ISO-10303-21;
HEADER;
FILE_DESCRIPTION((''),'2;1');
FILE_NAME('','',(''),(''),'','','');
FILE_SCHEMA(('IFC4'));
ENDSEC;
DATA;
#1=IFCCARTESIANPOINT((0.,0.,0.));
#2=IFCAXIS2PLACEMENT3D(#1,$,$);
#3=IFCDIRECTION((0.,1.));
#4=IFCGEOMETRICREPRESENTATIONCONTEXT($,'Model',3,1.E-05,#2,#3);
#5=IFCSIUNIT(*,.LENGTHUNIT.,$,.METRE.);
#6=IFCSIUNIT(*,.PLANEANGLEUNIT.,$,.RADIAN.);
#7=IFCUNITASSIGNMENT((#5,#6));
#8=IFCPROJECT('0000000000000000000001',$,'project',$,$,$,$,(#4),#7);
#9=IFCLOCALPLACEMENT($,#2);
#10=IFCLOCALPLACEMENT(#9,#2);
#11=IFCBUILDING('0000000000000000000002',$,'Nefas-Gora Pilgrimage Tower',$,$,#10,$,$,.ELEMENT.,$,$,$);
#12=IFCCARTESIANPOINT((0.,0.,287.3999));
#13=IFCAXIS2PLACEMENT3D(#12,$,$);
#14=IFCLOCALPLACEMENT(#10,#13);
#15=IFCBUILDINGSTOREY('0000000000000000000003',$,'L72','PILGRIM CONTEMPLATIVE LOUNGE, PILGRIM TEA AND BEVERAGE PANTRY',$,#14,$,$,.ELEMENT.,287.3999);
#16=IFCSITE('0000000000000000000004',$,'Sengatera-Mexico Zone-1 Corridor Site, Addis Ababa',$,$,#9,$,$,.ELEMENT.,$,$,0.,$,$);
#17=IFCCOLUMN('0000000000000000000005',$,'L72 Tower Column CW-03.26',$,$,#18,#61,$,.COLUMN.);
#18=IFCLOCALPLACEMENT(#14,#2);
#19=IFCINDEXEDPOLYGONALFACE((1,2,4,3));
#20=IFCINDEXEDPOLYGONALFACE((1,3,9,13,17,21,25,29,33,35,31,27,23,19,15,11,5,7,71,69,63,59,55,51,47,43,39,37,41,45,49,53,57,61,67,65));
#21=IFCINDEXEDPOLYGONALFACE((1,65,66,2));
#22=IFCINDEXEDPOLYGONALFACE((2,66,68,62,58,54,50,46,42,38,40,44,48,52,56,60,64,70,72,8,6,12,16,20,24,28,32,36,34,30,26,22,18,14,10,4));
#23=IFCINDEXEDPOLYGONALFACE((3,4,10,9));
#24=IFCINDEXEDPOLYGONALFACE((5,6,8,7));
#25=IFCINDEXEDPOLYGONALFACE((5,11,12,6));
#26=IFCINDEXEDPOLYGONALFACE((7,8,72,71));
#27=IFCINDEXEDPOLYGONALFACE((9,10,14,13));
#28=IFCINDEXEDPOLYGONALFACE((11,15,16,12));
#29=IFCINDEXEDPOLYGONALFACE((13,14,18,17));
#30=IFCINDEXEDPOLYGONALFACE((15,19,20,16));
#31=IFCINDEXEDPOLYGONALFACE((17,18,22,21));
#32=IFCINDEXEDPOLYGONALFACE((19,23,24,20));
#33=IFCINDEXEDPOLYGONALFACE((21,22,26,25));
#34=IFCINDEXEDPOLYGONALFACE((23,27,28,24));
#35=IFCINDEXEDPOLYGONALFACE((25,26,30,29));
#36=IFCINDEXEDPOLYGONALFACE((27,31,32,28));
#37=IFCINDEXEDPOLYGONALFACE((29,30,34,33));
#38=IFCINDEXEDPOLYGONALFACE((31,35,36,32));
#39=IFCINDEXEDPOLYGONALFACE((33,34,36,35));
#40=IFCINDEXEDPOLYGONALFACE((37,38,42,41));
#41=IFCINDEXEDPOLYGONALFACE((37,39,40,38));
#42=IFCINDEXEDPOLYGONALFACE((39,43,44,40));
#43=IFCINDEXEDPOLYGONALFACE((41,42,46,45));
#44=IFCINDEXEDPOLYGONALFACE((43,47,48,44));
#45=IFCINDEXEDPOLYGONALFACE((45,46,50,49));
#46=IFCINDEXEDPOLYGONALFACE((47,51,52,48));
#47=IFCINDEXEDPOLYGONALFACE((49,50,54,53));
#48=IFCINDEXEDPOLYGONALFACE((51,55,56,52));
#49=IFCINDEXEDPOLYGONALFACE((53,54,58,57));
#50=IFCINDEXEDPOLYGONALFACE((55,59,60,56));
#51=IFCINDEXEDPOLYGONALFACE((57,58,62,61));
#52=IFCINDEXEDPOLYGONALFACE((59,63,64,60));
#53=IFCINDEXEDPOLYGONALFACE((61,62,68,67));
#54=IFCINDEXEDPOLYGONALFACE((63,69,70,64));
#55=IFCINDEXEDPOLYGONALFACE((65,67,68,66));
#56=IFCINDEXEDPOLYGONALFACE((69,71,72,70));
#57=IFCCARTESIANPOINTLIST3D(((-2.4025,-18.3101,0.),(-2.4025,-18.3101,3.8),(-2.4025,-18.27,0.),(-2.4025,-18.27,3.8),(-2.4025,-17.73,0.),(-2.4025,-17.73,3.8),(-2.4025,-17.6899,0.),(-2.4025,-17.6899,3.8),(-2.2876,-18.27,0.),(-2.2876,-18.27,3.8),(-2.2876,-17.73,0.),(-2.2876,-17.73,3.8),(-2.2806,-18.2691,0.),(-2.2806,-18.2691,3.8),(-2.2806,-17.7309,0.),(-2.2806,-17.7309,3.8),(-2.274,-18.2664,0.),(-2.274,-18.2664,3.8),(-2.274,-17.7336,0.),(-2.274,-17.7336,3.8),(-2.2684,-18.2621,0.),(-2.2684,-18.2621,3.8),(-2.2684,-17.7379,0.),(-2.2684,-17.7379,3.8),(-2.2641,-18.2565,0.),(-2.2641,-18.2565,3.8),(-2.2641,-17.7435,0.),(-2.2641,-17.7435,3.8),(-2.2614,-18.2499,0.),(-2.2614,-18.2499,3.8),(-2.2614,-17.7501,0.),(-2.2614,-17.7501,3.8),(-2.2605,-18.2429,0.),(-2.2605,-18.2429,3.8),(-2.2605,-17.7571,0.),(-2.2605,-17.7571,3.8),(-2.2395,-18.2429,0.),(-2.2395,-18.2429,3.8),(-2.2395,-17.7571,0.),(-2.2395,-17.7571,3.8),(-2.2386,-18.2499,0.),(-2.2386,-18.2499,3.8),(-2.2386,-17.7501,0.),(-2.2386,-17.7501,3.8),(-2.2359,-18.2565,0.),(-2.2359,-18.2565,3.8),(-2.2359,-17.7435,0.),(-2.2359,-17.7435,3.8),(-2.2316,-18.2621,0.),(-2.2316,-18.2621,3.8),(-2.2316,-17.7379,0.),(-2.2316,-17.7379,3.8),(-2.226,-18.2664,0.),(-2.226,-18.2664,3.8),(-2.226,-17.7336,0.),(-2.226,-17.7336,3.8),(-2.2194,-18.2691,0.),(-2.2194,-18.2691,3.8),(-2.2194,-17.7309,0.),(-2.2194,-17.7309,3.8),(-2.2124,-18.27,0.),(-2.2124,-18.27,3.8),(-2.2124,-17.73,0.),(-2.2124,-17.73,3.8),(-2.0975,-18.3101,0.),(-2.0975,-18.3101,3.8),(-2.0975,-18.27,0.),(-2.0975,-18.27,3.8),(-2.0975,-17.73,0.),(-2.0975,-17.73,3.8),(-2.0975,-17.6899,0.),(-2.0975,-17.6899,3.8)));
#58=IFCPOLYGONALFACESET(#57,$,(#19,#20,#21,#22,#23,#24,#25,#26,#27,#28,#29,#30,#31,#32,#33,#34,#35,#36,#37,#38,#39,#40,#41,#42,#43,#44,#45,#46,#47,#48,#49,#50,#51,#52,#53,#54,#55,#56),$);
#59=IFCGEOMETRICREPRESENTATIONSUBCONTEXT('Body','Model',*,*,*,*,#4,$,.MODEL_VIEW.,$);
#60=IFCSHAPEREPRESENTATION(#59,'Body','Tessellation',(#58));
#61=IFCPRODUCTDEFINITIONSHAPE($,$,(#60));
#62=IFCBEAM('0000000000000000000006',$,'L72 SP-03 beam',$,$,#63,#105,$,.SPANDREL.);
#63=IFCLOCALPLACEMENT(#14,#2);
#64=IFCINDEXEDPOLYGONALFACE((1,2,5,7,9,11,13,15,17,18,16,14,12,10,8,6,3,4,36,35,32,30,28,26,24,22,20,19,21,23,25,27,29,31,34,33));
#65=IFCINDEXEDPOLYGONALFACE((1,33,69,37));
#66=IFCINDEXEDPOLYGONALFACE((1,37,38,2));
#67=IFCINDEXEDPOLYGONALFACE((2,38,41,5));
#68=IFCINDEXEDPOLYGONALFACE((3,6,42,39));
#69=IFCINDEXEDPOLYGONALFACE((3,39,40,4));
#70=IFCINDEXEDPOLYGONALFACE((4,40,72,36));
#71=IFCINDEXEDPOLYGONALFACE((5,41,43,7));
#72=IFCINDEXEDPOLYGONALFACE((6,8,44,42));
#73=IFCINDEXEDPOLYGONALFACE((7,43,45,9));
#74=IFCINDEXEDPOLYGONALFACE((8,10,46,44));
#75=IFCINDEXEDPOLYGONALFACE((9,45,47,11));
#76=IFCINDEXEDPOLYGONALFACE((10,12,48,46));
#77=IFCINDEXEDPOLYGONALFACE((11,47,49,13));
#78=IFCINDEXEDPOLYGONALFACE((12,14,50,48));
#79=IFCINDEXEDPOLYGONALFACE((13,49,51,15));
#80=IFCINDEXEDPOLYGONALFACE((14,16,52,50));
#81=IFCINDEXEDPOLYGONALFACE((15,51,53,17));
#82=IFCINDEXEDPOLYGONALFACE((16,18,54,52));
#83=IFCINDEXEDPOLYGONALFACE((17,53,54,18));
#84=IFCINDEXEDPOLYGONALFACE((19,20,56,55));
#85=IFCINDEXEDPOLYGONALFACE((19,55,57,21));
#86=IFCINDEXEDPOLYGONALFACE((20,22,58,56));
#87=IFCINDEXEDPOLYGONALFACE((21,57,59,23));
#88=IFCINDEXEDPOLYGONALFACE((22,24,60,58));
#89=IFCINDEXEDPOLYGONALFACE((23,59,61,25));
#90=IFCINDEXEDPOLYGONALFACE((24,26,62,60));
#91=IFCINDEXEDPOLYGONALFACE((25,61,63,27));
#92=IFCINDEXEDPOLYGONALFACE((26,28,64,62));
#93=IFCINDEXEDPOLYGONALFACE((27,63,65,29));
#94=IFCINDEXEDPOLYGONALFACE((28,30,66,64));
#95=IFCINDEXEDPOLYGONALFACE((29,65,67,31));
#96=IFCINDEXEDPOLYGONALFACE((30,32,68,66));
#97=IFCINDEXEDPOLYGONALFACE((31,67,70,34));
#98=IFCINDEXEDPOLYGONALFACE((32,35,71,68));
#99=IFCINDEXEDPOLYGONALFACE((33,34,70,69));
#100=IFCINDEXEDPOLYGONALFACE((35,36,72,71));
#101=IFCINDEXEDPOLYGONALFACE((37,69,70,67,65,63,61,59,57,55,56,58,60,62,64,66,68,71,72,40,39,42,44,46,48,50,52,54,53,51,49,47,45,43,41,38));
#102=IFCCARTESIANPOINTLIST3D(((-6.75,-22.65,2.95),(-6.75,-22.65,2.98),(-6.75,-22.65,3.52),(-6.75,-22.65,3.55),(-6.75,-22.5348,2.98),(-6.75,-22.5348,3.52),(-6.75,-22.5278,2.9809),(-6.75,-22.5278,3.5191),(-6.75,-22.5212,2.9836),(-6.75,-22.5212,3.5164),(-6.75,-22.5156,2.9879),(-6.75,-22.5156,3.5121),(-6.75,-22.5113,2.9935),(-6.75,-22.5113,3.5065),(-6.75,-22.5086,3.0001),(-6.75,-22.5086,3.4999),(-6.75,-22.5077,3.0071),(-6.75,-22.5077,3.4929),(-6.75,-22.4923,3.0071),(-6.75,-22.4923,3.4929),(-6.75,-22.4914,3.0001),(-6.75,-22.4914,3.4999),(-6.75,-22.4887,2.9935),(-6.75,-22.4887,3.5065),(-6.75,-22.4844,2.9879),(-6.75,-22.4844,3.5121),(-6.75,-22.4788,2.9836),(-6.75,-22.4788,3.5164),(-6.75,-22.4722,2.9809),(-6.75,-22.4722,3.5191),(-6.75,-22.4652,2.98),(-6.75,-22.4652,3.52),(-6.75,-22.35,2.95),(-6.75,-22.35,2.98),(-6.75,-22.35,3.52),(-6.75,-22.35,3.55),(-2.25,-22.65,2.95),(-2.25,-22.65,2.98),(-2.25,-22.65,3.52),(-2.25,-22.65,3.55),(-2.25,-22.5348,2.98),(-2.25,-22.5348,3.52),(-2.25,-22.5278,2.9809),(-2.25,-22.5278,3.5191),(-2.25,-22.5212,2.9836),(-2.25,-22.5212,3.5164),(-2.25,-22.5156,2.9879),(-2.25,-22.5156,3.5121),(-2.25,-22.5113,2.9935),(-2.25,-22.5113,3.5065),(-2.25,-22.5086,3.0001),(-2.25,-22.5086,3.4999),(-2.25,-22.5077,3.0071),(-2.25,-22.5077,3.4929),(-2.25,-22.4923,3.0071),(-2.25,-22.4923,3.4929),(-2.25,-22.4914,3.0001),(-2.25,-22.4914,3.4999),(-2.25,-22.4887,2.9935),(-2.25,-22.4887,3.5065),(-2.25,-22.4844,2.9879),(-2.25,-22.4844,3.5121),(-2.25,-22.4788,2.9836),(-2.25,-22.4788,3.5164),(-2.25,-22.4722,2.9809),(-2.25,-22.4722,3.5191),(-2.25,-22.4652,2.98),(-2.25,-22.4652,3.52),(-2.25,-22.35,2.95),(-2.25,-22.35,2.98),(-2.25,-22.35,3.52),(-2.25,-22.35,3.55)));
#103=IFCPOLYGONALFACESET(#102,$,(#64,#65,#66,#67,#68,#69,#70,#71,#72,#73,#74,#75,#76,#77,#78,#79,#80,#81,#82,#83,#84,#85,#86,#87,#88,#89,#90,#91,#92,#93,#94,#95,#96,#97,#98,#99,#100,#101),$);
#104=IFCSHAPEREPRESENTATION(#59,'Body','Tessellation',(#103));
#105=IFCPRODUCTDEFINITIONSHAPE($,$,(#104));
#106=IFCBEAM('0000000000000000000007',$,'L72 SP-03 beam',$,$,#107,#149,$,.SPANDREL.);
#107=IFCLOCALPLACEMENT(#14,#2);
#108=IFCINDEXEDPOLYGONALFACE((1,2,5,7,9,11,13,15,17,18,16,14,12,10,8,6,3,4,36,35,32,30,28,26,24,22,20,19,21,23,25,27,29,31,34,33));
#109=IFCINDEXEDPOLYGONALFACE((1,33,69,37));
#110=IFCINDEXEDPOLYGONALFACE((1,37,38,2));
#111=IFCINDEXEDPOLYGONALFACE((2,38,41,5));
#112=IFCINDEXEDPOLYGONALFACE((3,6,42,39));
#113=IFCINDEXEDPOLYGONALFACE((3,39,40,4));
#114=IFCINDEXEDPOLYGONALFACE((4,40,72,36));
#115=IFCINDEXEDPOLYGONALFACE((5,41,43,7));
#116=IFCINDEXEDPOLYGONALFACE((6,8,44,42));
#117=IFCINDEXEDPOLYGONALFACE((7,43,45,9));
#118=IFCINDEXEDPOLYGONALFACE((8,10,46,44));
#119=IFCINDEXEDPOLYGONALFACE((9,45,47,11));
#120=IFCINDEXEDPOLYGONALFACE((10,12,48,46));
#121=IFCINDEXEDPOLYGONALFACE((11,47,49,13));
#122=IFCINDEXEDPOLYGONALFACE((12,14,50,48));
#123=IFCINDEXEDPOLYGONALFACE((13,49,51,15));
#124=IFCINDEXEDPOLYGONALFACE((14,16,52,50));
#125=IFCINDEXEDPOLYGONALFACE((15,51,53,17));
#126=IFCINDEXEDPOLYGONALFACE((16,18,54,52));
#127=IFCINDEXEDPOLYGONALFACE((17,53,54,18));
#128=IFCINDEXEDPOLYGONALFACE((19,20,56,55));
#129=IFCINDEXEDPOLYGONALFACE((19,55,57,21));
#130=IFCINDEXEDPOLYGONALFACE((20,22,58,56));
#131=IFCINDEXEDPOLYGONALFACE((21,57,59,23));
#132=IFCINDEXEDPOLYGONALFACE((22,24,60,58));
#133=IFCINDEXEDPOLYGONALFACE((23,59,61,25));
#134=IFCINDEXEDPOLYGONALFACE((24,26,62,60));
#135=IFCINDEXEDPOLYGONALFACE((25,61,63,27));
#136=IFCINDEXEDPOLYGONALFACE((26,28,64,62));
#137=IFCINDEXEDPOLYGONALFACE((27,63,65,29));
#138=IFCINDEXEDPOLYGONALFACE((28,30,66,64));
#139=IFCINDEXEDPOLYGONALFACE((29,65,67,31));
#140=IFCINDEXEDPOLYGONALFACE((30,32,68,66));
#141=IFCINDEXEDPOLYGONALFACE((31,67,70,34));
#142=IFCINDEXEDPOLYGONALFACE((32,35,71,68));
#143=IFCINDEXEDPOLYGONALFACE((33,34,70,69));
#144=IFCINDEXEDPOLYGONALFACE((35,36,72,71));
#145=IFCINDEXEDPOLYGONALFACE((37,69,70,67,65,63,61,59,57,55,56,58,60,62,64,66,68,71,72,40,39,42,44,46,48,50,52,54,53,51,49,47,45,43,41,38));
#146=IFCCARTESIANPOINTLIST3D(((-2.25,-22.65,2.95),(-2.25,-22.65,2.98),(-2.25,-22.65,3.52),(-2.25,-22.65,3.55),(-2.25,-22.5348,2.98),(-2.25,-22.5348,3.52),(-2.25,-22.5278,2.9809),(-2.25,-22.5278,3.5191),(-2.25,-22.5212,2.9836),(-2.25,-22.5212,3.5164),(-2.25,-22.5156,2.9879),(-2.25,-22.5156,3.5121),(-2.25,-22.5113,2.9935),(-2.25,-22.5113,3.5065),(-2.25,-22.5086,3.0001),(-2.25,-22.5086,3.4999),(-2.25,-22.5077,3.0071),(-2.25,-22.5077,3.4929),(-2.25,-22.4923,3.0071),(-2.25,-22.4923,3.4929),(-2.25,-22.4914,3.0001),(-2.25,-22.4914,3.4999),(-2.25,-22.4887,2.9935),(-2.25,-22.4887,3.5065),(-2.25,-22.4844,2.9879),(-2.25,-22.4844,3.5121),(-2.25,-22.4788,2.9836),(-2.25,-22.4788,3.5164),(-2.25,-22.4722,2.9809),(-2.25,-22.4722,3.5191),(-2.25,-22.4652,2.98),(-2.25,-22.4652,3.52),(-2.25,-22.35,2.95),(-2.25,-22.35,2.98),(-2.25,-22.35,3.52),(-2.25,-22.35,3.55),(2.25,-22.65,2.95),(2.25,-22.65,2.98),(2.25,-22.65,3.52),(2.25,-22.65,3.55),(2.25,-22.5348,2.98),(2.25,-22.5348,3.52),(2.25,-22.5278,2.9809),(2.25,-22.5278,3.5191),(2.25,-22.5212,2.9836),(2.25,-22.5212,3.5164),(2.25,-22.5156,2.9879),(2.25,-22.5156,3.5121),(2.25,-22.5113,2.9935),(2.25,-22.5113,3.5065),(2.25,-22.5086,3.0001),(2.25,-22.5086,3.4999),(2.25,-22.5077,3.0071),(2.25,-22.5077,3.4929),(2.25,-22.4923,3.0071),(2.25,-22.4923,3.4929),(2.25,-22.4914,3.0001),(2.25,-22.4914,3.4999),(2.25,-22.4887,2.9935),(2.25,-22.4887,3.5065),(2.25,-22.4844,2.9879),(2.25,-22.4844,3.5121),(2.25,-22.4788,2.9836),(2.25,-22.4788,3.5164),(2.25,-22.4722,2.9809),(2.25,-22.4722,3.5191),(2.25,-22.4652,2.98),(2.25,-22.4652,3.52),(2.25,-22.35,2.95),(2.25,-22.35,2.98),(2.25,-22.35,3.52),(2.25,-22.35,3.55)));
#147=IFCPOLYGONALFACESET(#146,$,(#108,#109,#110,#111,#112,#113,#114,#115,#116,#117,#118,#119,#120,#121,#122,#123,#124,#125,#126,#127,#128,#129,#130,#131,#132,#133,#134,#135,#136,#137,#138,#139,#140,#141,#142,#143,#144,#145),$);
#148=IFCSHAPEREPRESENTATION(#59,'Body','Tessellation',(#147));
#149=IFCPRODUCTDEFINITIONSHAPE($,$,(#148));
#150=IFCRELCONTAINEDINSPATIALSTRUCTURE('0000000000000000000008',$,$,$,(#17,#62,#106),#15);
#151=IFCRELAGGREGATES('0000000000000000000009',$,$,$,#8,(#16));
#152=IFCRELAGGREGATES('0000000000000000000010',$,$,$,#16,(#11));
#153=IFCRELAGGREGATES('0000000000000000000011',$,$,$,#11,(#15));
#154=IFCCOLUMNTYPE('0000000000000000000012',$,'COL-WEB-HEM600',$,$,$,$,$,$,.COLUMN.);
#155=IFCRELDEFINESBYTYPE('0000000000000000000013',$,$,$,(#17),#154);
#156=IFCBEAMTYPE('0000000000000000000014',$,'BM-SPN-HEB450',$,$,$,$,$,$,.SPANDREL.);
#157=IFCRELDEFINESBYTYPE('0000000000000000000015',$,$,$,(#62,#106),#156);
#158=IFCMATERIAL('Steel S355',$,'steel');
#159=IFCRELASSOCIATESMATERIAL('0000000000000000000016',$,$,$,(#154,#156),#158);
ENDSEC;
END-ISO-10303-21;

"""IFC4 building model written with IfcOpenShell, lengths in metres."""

from ifc_helpers import new_model, si_unit, direction, frame, origin, origin_2d, place, context, subcontext, project, spatial, i_section, extrude, source, transform, mapped, material, material_profile, profile_set, type_object, element, save


model = new_model("IFC4")

# Units and contexts
model_context = context("Model", 3, precision=1e-05, world=origin(), true_north=direction((0.0, 1.0)))
body_context = subcontext(model_context, "Body", "Model", "MODEL_VIEW")
ifc_project = project(units=[si_unit("LENGTHUNIT", "METRE"), si_unit("PLANEANGLEUNIT", "RADIAN")], contexts=[model_context])

# Site, building, storey
site_placement = place(None, origin())
site = spatial("IfcSite", under=ifc_project, at=site_placement, Name="Sengatera-Mexico Zone-1 Corridor Site, Addis Ababa", CompositionType="ELEMENT", RefElevation=0.0)
building_placement = place(site_placement, origin())
building = spatial("IfcBuilding", under=site, at=building_placement, Name="Nefas-Gora Pilgrimage Tower", CompositionType="ELEMENT")
storey_placement = place(building_placement, frame((0.0, 0.0, 287.3999)))
storey = spatial("IfcBuildingStorey", under=building, at=storey_placement, Name="L72", Description="PILGRIM CONTEMPLATIVE LOUNGE, PILGRIM TEA AND BEVERAGE PANTRY", CompositionType="ELEMENT", Elevation=287.3999)

# Column
ifc_material_1 = material(Name="Steel S355", Category="steel")
ifc_material_profile_1 = material_profile(ifc_material_1, i_section(OverallWidth=0.3049, OverallDepth=0.6201, WebThickness=0.021, FlangeThickness=0.04, FilletRadius=0.0271, at=origin_2d()), Name="HEM 600")
ifc_profile_set_1 = profile_set([ifc_material_profile_1], Name="Steel S355")
column_type_1 = type_object("IfcColumnType", Name="COL-WEB-HEM600", PredefinedType="COLUMN", material=ifc_profile_set_1)
shared_shape_1 = source(origin(), body_context, "Body", "SweptSolid", [
    extrude(i_section(OverallWidth=0.3049, OverallDepth=0.6201, WebThickness=0.021, FlangeThickness=0.04, FilletRadius=0.0271, at=origin_2d()), origin(), (0.0, 0.0, 1.0), 3.8),
])
for number, where, z_axis, x_axis, name in (
    (1, (-2.25, -18.0, 0.0), (0.0, 0.0, 1.0), (1.0, 0.0, 0.0), "L72 Tower Column CW-03.26"),
):
    element("IfcColumn", number, at=place(storey_placement, frame(where, z_axis=z_axis, x_axis=x_axis)), inside=storey, type_object=column_type_1, Name=name, PredefinedType="COLUMN", context=body_context, shape_type="MappedRepresentation", body=[
        mapped(shared_shape_1, transform((0.0, 0.0, 0.0), x_axis=(1.0, 0.0, 0.0), y_axis=(0.0, 1.0, 0.0), z_axis=(0.0, 0.0, 1.0), scale=1.0)),
    ])

# Beams
ifc_material_profile_2 = material_profile(ifc_material_1, i_section(OverallWidth=0.3, OverallDepth=0.6001, WebThickness=0.0154, FlangeThickness=0.03, FilletRadius=0.0271, at=origin_2d()), Name="HEB 600")
ifc_profile_set_2 = profile_set([ifc_material_profile_2], Name="Steel S355")
beam_type_1 = type_object("IfcBeamType", Name="BM-SPN-HEB450", PredefinedType="SPANDREL", material=ifc_profile_set_2)
shared_shape_2 = source(origin(), body_context, "Body", "SweptSolid", [
    extrude(i_section(OverallWidth=0.3, OverallDepth=0.6001, WebThickness=0.0154, FlangeThickness=0.03, FilletRadius=0.0271, at=origin_2d()), origin(), (0.0, 0.0, 1.0), 4.5),
])
for number, where, z_axis, x_axis, name in (
    (2, (-6.75, -22.5, 3.25), (1.0, 0.0, 0.0), (0.0, 1.0, 0.0), "L72 SP-03 beam"),
    (3, (-2.25, -22.5, 3.25), (1.0, 0.0, 0.0), (0.0, 1.0, 0.0), "L72 SP-03 beam"),
):
    element("IfcBeam", number, at=place(storey_placement, frame(where, z_axis=z_axis, x_axis=x_axis)), inside=storey, type_object=beam_type_1, Name=name, PredefinedType="SPANDREL", context=body_context, shape_type="MappedRepresentation", body=[
        mapped(shared_shape_2, transform((0.0, 0.0, 0.0), x_axis=(1.0, 0.0, 0.0), y_axis=(0.0, 1.0, 0.0), z_axis=(0.0, 0.0, 1.0), scale=1.0)),
    ])

save(model, "model.ifc")
